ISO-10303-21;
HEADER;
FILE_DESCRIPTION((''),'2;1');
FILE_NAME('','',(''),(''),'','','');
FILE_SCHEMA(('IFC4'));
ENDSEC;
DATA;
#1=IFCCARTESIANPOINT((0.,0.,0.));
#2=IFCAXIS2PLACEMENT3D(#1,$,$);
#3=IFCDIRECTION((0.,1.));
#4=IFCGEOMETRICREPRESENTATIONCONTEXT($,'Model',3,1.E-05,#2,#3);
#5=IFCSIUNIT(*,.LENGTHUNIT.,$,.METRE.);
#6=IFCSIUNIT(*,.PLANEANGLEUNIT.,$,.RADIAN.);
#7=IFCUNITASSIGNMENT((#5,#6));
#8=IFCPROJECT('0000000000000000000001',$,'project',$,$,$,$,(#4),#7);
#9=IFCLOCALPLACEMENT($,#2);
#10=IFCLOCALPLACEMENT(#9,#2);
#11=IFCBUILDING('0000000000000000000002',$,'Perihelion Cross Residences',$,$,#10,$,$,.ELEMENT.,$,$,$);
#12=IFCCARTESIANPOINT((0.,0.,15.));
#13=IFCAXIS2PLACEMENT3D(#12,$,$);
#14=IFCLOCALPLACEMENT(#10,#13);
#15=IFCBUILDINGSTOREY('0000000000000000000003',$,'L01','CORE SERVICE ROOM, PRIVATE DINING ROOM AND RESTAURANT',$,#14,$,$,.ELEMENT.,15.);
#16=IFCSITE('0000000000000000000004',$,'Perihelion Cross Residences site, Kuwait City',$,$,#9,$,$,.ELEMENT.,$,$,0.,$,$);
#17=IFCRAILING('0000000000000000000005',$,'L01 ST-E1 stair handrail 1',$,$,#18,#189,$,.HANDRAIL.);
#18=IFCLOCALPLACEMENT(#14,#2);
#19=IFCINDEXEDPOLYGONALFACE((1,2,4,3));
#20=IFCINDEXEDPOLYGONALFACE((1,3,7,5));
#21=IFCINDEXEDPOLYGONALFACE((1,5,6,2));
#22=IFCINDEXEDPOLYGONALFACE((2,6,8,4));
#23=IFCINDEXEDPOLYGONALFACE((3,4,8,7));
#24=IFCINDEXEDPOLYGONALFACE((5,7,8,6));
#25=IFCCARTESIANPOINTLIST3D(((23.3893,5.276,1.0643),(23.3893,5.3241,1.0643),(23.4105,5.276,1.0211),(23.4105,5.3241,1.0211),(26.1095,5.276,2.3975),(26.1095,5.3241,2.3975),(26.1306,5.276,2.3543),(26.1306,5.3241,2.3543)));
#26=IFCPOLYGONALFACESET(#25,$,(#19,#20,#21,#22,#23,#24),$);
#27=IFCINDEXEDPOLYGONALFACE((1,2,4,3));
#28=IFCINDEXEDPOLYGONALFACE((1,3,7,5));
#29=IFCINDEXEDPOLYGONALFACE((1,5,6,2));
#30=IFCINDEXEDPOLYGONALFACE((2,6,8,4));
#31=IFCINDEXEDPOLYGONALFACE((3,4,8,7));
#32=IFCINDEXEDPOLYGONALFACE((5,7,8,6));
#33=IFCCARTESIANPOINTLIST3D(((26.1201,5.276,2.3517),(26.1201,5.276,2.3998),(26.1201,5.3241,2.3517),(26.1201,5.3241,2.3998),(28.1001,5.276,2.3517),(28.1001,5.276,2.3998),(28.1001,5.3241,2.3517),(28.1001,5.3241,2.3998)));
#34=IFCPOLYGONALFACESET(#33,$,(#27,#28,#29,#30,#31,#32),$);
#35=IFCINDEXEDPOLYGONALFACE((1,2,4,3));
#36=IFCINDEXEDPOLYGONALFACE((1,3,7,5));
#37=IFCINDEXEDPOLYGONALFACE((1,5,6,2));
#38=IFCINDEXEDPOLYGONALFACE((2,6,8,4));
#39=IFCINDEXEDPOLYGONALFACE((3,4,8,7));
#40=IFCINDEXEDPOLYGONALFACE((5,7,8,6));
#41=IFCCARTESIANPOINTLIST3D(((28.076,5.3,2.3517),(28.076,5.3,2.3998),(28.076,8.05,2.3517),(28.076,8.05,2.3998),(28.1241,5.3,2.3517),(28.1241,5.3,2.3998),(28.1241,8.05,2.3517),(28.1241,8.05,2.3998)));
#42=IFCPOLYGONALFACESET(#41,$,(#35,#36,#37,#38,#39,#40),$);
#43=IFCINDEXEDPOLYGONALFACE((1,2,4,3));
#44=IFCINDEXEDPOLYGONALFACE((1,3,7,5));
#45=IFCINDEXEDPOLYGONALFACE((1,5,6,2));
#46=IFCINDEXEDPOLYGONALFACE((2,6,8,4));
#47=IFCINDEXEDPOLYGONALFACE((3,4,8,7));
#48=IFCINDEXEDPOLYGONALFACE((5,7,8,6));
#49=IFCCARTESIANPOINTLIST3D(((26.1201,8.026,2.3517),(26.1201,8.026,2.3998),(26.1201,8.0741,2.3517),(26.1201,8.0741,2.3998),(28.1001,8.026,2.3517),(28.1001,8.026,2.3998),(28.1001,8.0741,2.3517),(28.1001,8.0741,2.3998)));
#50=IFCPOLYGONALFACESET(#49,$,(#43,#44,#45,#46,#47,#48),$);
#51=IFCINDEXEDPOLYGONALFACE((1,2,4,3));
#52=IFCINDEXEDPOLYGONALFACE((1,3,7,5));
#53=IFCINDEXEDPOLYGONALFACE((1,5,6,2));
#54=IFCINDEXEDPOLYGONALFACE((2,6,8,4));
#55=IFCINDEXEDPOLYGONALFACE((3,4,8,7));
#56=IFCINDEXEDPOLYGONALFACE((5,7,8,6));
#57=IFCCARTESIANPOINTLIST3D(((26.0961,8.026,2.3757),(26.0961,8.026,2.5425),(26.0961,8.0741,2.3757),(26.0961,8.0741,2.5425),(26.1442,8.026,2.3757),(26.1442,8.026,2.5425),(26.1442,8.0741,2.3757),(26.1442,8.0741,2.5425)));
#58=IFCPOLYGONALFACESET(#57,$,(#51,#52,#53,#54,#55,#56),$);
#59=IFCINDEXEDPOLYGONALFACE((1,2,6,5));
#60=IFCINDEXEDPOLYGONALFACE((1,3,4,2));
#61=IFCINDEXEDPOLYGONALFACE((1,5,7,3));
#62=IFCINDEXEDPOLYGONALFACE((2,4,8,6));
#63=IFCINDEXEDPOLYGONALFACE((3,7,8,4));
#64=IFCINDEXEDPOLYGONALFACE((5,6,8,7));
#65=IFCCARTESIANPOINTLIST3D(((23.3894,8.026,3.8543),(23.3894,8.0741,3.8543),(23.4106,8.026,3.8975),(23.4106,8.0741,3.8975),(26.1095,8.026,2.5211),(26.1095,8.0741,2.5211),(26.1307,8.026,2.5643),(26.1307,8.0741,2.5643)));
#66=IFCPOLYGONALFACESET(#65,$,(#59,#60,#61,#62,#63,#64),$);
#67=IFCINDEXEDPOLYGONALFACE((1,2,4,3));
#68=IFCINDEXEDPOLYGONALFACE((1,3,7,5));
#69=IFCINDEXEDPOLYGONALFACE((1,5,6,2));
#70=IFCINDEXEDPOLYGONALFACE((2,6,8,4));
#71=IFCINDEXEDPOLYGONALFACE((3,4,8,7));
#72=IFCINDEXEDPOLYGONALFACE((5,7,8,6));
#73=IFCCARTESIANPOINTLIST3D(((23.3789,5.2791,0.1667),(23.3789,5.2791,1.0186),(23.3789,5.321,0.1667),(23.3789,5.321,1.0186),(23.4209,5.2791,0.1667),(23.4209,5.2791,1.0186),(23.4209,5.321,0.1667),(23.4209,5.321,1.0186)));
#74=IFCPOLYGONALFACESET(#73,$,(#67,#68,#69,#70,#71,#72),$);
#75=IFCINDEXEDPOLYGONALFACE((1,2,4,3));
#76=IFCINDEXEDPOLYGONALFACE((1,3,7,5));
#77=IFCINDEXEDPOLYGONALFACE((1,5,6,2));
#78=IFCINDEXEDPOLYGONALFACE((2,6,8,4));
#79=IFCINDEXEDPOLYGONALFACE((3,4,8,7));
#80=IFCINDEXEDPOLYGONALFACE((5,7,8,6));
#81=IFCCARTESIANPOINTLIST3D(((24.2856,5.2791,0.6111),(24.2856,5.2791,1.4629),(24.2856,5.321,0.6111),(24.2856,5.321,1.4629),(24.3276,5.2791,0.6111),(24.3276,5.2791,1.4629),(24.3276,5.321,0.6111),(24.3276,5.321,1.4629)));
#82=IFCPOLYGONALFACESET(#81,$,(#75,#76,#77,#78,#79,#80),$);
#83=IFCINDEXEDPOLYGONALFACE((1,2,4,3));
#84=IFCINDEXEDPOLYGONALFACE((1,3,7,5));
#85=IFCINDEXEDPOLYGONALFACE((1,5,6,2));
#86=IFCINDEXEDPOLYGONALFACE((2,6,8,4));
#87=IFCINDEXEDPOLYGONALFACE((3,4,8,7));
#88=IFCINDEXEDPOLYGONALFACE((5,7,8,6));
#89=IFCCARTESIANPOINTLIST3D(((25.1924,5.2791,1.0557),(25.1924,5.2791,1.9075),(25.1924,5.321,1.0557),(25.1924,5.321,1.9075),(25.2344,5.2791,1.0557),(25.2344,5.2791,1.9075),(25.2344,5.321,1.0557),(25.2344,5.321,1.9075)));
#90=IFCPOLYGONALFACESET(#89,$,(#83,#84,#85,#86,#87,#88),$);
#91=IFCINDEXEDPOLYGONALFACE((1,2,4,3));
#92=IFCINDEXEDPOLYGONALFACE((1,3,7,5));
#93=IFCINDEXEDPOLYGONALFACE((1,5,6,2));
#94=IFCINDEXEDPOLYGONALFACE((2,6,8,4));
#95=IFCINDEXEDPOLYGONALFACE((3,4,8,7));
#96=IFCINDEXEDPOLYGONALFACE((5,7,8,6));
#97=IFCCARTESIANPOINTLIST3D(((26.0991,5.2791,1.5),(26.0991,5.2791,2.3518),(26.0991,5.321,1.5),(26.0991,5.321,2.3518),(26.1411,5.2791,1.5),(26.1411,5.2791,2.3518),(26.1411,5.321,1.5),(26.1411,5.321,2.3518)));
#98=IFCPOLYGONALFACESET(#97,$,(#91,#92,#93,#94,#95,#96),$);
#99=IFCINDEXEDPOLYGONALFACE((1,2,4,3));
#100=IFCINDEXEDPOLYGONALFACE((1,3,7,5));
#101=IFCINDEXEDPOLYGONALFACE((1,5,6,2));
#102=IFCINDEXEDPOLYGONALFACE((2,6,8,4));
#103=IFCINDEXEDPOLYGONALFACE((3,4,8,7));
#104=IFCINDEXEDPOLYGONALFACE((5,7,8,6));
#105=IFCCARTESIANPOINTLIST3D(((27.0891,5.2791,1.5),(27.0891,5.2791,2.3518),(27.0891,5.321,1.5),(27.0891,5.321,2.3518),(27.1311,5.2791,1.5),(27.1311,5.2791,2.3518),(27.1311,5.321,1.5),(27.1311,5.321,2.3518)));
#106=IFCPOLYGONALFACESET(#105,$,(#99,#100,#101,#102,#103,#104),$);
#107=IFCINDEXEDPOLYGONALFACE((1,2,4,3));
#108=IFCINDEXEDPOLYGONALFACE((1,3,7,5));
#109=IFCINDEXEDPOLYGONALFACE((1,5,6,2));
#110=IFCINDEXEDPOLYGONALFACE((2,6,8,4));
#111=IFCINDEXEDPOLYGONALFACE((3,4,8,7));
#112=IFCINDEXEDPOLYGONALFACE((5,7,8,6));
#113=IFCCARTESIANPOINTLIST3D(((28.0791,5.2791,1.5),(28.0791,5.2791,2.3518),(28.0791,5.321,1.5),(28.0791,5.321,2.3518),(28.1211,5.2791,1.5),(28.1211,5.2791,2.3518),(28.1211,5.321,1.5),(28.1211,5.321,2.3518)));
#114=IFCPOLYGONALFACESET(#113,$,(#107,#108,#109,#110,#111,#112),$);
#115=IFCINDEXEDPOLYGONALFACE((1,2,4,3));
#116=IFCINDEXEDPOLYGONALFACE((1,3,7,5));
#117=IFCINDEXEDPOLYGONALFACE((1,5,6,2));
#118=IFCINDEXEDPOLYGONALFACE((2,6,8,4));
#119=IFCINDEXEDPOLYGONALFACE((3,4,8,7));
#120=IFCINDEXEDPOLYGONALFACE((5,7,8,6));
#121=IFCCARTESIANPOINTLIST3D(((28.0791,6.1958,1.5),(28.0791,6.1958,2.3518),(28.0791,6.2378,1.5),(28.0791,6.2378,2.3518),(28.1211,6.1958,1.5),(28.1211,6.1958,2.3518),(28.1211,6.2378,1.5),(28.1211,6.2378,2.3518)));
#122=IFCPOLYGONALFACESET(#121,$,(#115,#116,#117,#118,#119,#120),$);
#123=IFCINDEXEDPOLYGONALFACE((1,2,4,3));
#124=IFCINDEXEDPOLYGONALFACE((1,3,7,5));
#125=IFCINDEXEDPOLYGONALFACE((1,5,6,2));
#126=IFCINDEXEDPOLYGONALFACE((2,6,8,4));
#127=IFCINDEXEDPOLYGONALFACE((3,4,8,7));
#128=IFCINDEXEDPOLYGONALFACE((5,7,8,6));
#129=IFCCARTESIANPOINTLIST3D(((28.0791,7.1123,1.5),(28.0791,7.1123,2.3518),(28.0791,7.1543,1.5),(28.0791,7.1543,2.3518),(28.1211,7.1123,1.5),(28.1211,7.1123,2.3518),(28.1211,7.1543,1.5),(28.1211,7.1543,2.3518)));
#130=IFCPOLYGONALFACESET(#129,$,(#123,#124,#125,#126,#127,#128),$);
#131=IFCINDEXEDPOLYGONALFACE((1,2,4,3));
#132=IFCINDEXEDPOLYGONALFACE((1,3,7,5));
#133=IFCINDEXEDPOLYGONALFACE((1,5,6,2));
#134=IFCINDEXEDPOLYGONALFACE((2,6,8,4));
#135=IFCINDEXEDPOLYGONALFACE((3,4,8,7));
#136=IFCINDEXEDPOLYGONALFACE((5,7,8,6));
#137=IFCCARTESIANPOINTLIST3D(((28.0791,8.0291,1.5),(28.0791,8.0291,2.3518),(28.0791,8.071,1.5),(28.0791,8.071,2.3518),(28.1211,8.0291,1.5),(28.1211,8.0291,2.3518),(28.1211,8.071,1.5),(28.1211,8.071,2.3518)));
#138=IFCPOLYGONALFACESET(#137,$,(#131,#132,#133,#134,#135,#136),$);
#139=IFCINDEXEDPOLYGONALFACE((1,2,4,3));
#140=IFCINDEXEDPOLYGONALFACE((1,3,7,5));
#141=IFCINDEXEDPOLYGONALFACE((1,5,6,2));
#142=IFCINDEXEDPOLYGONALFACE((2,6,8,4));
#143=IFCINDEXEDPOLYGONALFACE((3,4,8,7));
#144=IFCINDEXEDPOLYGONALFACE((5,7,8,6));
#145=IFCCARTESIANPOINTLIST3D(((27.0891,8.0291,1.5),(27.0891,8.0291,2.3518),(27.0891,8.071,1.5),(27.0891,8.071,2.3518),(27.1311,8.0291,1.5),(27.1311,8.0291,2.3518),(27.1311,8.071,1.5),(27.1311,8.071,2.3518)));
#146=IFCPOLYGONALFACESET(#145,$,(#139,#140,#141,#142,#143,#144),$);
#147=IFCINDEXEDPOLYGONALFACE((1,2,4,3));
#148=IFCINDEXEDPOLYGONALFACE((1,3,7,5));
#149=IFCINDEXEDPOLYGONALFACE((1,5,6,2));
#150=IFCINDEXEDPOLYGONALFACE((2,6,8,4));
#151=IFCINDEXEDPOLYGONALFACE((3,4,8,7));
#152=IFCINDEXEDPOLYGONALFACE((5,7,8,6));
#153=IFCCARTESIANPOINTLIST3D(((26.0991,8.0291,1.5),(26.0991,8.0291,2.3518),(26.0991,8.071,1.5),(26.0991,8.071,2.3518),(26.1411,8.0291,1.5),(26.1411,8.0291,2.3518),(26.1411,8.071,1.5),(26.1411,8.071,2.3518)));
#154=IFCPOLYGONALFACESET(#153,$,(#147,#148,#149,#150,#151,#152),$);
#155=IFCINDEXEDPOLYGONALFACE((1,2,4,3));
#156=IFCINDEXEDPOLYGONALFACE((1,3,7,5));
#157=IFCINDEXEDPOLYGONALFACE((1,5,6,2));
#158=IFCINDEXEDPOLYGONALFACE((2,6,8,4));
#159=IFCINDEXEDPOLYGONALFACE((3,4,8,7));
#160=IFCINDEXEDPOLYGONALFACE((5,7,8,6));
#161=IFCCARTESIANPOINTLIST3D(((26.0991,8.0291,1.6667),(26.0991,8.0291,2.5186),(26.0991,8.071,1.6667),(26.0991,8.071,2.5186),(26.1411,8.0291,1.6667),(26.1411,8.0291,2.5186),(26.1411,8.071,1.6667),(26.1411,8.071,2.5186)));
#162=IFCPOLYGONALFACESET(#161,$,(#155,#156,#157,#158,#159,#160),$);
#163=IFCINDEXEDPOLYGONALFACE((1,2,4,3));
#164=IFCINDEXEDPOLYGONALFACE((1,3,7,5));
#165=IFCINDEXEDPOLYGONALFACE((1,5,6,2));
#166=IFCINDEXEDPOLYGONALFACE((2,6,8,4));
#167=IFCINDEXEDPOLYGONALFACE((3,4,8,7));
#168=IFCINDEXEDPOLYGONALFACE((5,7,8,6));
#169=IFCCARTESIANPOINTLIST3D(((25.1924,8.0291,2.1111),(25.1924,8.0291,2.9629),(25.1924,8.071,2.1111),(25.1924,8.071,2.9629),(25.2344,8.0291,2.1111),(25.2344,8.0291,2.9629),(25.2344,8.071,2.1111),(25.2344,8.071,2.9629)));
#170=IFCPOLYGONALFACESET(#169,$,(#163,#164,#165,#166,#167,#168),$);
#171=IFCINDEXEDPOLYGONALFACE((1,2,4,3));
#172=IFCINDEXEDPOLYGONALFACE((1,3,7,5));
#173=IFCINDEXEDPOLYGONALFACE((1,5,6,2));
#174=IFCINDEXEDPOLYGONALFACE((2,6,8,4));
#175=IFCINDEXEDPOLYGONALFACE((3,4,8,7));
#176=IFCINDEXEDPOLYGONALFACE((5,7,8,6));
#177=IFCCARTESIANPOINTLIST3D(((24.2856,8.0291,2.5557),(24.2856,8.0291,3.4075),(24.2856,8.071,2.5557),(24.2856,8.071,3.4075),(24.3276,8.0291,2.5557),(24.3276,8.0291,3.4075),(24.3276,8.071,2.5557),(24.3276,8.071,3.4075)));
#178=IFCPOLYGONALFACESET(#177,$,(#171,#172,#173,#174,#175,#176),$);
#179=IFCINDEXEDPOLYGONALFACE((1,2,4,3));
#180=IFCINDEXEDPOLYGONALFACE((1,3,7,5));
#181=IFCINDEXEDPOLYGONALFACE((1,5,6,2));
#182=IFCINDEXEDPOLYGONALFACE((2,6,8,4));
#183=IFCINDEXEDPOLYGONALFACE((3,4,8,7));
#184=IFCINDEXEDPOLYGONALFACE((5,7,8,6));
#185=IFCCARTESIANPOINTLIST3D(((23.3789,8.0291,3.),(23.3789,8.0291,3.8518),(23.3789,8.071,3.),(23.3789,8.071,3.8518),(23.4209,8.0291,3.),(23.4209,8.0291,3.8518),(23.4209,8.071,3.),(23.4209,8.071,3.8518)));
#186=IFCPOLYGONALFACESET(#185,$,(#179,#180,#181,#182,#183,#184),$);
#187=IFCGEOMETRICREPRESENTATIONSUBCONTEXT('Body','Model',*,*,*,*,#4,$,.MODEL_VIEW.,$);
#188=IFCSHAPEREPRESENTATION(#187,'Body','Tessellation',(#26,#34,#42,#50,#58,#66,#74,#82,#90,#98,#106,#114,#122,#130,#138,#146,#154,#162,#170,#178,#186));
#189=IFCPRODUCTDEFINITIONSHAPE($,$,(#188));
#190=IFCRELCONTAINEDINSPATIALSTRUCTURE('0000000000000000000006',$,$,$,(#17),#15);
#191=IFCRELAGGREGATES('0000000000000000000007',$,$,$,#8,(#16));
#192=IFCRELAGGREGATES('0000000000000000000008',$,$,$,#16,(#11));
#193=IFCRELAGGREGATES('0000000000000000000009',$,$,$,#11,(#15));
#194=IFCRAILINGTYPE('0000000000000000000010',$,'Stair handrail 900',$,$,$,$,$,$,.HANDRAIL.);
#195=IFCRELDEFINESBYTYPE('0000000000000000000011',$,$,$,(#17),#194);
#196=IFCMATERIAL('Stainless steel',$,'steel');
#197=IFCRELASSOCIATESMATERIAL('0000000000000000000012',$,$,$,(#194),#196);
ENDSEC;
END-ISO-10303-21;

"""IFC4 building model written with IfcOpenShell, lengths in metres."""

from ifc_helpers import new_model, si_unit, direction, frame, origin, origin_2d, place, context, subcontext, project, spatial, rectangle, extrude, material, type_object, element, save


model = new_model("IFC4")

# Units and contexts
model_context = context("Model", 3, precision=1e-05, world=origin(), true_north=direction((0.0, 1.0)))
body_context = subcontext(model_context, "Body", "Model", "MODEL_VIEW")
ifc_project = project(units=[si_unit("LENGTHUNIT", "METRE"), si_unit("PLANEANGLEUNIT", "RADIAN")], contexts=[model_context])

# Site, building, storey
site_placement = place(None, origin())
site = spatial("IfcSite", under=ifc_project, at=site_placement, Name="Perihelion Cross Residences site, Kuwait City", CompositionType="ELEMENT", RefElevation=0.0)
building_placement = place(site_placement, origin())
building = spatial("IfcBuilding", under=site, at=building_placement, Name="Perihelion Cross Residences", CompositionType="ELEMENT")
storey_placement = place(building_placement, frame((0.0, 0.0, 15.0)))
storey = spatial("IfcBuildingStorey", under=building, at=storey_placement, Name="L01", Description="CORE SERVICE ROOM, PRIVATE DINING ROOM AND RESTAURANT", CompositionType="ELEMENT", Elevation=15.0)

# Railing
ifc_material_1 = material(Name="Stainless steel", Category="steel")
railing_type_1 = type_object("IfcRailingType", Name="Stair handrail 900", PredefinedType="HANDRAIL", material=ifc_material_1)
railing_1_placement = place(storey_placement, frame((23.3999, 5.3, 0.1667)))
element("IfcRailing", 1, at=railing_1_placement, inside=storey, type_object=railing_type_1, Name="L01 ST-E1 stair handrail 1", PredefinedType="HANDRAIL", context=body_context, shape_type="SweptSolid", body=[
    extrude(rectangle(XDim=0.0481, YDim=0.0481, at=origin_2d()), frame((0.0, 0.0, 0.876), z_axis=(0.897945, 0.0, 0.440108), x_axis=(0.0, 1.0, 0.0)), (0.0, 0.0, 1.0), 3.0293),
    extrude(rectangle(XDim=0.0481, YDim=0.0481, at=origin_2d()), frame((2.7202, 0.0, 2.209), z_axis=(1.0, 0.0, 0.0), x_axis=(0.0, 1.0, 0.0)), (0.0, 0.0, 1.0), 1.98),
    extrude(rectangle(XDim=0.0481, YDim=0.0481, at=origin_2d()), frame((4.7002, 0.0, 2.209), z_axis=(0.0, 1.0, 0.0), x_axis=(-1.0, 0.0, 0.0)), (0.0, 0.0, 1.0), 2.75),
    extrude(rectangle(XDim=0.0481, YDim=0.0481, at=origin_2d()), frame((4.7002, 2.75, 2.209), z_axis=(-1.0, 0.0, 0.0), x_axis=(0.0, -1.0, 0.0)), (0.0, 0.0, 1.0), 1.98),
    extrude(rectangle(XDim=0.0481, YDim=0.0481, at=origin_2d()), frame((2.7202, 2.75, 2.209), z_axis=(0.0, 0.0, 1.0), x_axis=(1.0, 0.0, 0.0)), (0.0, 0.0, 1.0), 0.1667),
    extrude(rectangle(XDim=0.0481, YDim=0.0481, at=origin_2d()), frame((2.7202, 2.75, 2.376), z_axis=(-0.897945, 0.0, 0.440108), x_axis=(0.0, -1.0, 0.0)), (0.0, 0.0, 1.0), 3.0293),
    extrude(rectangle(XDim=0.042, YDim=0.042, at=origin_2d()), origin(), (0.0, 0.0, 1.0), 0.8518),
    extrude(rectangle(XDim=0.042, YDim=0.042, at=origin_2d()), frame((0.9067, 0.0, 0.4443)), (0.0, 0.0, 1.0), 0.8518),
    extrude(rectangle(XDim=0.042, YDim=0.042, at=origin_2d()), frame((1.8135, 0.0, 0.8889)), (0.0, 0.0, 1.0), 0.8518),
    extrude(rectangle(XDim=0.042, YDim=0.042, at=origin_2d()), frame((2.7202, 0.0, 1.3333)), (0.0, 0.0, 1.0), 0.8518),
    extrude(rectangle(XDim=0.042, YDim=0.042, at=origin_2d()), frame((3.7102, 0.0, 1.3333)), (0.0, 0.0, 1.0), 0.8518),
    extrude(rectangle(XDim=0.042, YDim=0.042, at=origin_2d()), frame((4.7002, 0.0, 1.3333)), (0.0, 0.0, 1.0), 0.8518),
    extrude(rectangle(XDim=0.042, YDim=0.042, at=origin_2d()), frame((4.7002, 0.9167, 1.3333)), (0.0, 0.0, 1.0), 0.8518),
    extrude(rectangle(XDim=0.042, YDim=0.042, at=origin_2d()), frame((4.7002, 1.8333, 1.3333)), (0.0, 0.0, 1.0), 0.8518),
    extrude(rectangle(XDim=0.042, YDim=0.042, at=origin_2d()), frame((4.7002, 2.75, 1.3333)), (0.0, 0.0, 1.0), 0.8518),
    extrude(rectangle(XDim=0.042, YDim=0.042, at=origin_2d()), frame((3.7102, 2.75, 1.3333)), (0.0, 0.0, 1.0), 0.8518),
    extrude(rectangle(XDim=0.042, YDim=0.042, at=origin_2d()), frame((2.7202, 2.75, 1.3333)), (0.0, 0.0, 1.0), 0.8518),
    extrude(rectangle(XDim=0.042, YDim=0.042, at=origin_2d()), frame((2.7202, 2.75, 1.5)), (0.0, 0.0, 1.0), 0.8518),
    extrude(rectangle(XDim=0.042, YDim=0.042, at=origin_2d()), frame((1.8135, 2.75, 1.9443)), (0.0, 0.0, 1.0), 0.8518),
    extrude(rectangle(XDim=0.042, YDim=0.042, at=origin_2d()), frame((0.9067, 2.75, 2.3889)), (0.0, 0.0, 1.0), 0.8518),
    extrude(rectangle(XDim=0.042, YDim=0.042, at=origin_2d()), frame((0.0, 2.75, 2.8333)), (0.0, 0.0, 1.0), 0.8518),
])

save(model, "model.ifc")
